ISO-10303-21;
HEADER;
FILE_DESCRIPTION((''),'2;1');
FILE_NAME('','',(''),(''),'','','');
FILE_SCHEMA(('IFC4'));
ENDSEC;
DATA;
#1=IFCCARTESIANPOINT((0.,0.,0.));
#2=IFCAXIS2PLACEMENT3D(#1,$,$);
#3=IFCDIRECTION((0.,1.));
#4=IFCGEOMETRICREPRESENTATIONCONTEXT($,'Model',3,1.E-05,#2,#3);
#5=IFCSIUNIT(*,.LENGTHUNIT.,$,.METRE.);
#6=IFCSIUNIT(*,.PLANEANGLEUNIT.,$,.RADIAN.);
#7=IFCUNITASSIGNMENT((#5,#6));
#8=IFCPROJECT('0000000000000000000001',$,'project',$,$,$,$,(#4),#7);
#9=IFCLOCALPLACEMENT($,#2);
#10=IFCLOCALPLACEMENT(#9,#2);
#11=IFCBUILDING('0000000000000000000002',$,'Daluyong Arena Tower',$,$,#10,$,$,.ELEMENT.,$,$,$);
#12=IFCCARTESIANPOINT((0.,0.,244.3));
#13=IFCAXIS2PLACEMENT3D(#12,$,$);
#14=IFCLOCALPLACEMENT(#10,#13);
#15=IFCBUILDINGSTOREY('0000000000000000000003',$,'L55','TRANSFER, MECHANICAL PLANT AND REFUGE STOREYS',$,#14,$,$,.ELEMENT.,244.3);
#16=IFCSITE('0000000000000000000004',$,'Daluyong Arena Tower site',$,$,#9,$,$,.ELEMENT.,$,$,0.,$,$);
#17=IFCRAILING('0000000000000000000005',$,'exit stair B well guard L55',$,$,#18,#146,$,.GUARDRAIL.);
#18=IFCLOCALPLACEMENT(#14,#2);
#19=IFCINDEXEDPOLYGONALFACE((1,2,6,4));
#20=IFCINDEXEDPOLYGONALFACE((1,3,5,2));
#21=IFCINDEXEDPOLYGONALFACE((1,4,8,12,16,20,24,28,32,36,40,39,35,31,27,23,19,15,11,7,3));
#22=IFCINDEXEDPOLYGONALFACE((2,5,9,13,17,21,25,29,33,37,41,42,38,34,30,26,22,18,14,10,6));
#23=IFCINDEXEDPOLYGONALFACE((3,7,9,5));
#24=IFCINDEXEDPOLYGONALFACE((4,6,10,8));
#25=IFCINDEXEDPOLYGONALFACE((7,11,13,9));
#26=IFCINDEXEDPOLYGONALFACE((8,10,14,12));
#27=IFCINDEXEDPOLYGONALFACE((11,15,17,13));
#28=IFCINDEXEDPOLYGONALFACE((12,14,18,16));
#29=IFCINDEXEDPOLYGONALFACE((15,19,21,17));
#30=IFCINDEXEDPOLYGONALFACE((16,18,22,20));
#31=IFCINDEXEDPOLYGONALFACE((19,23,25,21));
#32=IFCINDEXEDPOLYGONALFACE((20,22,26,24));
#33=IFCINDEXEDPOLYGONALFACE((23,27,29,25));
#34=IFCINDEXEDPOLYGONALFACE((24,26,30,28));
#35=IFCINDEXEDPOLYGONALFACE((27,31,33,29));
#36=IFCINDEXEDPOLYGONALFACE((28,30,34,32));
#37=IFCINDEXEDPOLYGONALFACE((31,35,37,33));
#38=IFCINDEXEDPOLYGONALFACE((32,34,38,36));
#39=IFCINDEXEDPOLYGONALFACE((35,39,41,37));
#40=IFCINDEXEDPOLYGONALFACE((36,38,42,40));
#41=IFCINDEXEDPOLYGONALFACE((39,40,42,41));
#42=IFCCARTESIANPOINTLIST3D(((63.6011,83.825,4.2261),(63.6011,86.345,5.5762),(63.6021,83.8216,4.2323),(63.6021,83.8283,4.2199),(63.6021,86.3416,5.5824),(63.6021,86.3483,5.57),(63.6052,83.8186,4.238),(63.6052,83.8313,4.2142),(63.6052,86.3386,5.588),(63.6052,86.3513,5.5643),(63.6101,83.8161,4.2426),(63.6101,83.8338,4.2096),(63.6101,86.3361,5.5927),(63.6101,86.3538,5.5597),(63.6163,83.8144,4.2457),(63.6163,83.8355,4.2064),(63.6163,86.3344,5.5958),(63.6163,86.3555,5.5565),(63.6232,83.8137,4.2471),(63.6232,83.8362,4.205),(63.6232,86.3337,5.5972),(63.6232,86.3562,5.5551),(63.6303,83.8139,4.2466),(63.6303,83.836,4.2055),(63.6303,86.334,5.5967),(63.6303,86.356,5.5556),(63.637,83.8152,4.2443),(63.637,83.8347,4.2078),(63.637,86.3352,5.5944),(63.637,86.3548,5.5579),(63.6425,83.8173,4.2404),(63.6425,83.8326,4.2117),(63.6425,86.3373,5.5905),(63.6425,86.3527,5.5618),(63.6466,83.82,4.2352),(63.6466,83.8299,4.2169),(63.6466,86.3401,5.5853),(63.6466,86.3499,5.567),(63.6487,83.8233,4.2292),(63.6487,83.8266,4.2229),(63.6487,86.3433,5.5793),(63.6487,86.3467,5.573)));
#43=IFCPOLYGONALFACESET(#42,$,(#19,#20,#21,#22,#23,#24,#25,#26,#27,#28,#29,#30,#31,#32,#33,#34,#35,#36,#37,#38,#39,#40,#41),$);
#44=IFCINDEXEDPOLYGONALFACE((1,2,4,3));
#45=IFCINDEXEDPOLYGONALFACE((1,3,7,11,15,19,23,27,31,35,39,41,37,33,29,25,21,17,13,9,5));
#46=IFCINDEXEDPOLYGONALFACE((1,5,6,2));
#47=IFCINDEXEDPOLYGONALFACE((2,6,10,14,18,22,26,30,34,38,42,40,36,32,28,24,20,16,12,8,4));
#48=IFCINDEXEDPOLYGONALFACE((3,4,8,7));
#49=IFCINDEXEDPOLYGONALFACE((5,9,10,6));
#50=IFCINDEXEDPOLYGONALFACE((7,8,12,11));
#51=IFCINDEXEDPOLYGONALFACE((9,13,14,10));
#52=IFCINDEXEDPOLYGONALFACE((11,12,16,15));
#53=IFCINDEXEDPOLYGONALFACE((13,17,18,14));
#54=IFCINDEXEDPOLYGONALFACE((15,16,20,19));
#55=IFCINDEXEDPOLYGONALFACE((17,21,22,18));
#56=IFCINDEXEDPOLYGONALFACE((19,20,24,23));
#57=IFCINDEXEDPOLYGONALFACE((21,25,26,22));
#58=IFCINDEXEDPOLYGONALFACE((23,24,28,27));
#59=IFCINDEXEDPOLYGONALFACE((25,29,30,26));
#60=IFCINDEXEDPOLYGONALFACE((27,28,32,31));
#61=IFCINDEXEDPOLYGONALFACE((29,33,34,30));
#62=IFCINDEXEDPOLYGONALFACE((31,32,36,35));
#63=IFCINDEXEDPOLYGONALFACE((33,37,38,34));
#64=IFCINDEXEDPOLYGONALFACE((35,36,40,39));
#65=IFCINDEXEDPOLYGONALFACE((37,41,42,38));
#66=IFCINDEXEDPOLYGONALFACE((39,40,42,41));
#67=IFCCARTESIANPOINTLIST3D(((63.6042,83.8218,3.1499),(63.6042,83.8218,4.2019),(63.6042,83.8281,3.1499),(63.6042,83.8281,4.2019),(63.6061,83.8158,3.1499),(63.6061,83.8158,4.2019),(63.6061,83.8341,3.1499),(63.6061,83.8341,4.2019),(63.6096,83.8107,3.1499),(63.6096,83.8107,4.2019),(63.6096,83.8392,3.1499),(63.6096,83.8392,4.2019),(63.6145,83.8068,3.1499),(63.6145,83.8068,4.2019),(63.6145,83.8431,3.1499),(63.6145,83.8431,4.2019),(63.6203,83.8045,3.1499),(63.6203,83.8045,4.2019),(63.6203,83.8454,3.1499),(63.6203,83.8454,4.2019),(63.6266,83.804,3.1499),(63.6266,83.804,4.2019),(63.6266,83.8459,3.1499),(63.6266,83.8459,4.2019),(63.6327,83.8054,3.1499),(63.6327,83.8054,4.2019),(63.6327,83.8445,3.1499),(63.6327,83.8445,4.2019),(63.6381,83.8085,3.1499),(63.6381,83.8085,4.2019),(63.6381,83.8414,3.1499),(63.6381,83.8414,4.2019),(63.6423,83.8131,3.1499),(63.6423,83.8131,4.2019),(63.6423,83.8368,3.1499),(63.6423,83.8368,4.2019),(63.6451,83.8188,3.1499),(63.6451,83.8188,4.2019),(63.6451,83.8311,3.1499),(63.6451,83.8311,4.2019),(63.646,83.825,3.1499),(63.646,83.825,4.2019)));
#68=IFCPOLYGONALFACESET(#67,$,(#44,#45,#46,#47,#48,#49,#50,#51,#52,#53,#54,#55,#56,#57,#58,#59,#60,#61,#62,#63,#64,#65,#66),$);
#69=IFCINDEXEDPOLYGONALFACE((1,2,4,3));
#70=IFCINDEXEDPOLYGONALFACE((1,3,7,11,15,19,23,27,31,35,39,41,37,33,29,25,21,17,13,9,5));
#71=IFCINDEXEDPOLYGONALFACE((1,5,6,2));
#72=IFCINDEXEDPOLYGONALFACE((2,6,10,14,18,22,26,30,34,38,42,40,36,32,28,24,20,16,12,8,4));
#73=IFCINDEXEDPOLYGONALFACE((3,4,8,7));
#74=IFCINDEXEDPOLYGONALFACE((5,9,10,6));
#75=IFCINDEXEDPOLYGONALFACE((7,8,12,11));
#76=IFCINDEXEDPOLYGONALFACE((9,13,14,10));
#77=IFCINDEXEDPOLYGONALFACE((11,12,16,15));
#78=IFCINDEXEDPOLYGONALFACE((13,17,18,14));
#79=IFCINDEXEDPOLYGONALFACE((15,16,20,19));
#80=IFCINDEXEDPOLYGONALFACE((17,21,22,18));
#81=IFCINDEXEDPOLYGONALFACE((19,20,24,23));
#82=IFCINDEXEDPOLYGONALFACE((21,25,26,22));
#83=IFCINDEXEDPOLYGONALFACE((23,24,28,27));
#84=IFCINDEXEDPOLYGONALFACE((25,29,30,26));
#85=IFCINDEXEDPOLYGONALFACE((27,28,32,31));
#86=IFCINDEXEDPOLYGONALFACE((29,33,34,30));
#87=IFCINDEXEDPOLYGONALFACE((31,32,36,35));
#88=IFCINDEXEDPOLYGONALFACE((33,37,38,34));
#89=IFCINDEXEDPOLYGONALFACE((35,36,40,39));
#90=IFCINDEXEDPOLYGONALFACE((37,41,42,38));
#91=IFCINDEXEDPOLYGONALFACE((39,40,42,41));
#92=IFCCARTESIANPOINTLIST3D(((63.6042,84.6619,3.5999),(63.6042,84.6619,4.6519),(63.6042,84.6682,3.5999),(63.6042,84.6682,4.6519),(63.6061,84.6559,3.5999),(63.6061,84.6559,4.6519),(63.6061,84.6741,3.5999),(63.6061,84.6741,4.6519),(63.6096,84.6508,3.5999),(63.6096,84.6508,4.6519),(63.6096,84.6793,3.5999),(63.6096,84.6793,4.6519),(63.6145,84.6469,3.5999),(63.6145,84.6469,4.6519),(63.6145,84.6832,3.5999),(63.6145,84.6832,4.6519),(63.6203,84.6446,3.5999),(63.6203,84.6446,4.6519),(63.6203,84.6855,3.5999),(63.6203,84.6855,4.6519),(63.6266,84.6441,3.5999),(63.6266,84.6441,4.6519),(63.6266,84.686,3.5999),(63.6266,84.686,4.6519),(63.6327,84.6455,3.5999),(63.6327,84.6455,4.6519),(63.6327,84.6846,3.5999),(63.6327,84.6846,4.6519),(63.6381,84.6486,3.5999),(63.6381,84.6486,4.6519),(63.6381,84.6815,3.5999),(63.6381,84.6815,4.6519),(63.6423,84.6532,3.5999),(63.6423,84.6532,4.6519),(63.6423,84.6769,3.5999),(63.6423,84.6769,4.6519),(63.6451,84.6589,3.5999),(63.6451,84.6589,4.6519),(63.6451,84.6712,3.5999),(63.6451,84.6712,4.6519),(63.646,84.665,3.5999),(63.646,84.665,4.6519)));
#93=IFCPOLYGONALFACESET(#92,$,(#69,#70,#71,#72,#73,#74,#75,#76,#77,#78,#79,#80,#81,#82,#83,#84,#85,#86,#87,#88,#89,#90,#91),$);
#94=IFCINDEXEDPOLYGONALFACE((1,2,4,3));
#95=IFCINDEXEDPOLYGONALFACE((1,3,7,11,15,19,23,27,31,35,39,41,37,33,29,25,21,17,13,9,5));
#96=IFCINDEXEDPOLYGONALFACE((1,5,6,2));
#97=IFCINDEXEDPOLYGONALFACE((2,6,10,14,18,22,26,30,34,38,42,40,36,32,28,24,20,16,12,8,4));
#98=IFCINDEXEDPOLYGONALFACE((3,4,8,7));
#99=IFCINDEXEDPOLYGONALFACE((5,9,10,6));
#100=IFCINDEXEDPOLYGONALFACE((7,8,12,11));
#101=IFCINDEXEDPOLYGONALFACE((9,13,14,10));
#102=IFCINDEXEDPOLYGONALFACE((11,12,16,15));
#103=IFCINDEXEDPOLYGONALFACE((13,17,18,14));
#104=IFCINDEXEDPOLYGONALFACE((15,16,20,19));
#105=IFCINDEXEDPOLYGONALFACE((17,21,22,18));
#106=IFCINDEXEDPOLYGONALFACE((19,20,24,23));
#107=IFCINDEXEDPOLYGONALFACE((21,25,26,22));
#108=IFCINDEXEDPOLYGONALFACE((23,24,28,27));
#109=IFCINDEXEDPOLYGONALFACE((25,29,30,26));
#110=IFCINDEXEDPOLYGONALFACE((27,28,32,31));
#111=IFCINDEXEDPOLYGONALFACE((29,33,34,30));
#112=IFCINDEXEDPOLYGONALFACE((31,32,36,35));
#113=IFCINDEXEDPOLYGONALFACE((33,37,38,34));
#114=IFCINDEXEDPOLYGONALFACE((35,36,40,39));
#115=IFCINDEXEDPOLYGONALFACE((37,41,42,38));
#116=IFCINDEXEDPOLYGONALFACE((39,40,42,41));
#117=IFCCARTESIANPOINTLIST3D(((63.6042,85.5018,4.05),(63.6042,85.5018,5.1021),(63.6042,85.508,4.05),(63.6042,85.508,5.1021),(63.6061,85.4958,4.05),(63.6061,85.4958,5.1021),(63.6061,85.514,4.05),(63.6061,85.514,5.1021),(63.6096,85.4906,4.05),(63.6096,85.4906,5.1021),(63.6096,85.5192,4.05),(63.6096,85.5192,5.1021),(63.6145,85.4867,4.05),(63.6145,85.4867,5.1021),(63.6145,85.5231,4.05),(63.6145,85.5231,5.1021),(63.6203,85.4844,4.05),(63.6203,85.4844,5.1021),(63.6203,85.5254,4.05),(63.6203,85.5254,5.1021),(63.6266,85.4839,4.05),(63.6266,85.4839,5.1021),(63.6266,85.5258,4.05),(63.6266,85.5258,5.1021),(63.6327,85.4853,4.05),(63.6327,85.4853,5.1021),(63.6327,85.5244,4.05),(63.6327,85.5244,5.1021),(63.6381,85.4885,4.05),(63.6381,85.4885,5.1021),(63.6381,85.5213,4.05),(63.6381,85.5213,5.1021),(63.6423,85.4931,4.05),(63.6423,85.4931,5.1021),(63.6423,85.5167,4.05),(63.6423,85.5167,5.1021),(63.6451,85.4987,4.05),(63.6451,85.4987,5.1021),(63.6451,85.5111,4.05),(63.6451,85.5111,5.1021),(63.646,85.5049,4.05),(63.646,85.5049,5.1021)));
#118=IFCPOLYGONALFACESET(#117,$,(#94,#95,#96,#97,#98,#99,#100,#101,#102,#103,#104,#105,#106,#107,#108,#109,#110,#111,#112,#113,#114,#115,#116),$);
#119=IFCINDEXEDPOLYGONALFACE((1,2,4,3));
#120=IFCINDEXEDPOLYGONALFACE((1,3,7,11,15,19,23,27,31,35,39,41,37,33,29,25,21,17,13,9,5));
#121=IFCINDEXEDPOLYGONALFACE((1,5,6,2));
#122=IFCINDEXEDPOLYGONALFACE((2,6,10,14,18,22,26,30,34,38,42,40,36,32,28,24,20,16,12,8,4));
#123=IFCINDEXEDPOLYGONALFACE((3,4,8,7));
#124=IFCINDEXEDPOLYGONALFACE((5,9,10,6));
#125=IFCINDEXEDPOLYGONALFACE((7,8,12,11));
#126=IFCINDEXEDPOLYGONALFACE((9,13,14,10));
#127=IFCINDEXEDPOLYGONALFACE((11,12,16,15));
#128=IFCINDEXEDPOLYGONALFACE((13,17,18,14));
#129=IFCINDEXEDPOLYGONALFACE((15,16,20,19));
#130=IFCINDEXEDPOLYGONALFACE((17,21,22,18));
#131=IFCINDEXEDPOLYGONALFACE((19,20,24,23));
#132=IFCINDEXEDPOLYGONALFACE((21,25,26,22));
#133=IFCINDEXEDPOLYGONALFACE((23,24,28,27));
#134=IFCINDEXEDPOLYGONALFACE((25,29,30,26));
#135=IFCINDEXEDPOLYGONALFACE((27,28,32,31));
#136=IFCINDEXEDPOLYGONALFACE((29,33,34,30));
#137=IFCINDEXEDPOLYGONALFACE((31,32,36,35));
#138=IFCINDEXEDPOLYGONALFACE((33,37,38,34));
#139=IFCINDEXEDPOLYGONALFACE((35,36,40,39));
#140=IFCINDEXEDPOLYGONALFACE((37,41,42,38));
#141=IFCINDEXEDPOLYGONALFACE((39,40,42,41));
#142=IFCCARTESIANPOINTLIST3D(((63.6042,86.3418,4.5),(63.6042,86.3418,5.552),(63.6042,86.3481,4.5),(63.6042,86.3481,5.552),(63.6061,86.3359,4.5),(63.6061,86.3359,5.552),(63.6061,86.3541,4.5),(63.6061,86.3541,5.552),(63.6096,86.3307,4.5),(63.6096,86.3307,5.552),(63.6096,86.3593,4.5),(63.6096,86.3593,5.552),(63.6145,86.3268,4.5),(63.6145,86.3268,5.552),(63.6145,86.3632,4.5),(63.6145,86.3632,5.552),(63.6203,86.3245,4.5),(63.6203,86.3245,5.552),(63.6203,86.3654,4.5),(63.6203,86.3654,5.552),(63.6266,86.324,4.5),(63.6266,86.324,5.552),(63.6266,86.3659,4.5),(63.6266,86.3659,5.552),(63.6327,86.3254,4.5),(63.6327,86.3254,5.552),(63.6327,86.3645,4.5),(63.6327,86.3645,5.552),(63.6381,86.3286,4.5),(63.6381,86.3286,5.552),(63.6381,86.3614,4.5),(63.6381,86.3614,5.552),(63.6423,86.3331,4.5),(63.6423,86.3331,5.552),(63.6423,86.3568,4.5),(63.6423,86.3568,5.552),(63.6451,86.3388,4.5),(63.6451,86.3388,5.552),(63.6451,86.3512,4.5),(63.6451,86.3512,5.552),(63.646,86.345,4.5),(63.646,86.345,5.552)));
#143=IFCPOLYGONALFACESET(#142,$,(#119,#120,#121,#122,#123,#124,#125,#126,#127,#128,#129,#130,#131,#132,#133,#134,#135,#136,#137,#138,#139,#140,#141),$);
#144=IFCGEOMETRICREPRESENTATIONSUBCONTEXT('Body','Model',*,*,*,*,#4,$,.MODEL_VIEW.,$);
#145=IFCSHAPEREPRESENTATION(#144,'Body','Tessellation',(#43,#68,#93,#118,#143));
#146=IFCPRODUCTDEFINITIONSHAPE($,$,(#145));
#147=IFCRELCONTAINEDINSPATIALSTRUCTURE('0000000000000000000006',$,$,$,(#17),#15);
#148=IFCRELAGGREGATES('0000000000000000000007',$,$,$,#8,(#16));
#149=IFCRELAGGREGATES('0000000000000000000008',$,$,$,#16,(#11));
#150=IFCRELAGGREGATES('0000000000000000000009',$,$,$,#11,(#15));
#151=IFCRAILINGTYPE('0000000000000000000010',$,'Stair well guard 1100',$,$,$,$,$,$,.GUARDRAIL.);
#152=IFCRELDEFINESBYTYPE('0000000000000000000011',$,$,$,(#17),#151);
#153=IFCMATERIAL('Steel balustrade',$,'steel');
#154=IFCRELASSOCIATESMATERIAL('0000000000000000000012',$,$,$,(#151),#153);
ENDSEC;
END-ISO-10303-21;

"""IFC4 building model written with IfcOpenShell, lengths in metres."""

from ifc_helpers import new_model, si_unit, direction, frame, origin, origin_2d, place, context, subcontext, project, spatial, circle, extrude, material, type_object, element, save


model = new_model("IFC4")

# Units and contexts
model_context = context("Model", 3, precision=1e-05, world=origin(), true_north=direction((0.0, 1.0)))
body_context = subcontext(model_context, "Body", "Model", "MODEL_VIEW")
ifc_project = project(units=[si_unit("LENGTHUNIT", "METRE"), si_unit("PLANEANGLEUNIT", "RADIAN")], contexts=[model_context])

# Site, building, storey
site_placement = place(None, origin())
site = spatial("IfcSite", under=ifc_project, at=site_placement, Name="Daluyong Arena Tower site", CompositionType="ELEMENT", RefElevation=0.0)
building_placement = place(site_placement, origin())
building = spatial("IfcBuilding", under=site, at=building_placement, Name="Daluyong Arena Tower", CompositionType="ELEMENT")
storey_placement = place(building_placement, frame((0.0, 0.0, 244.3)))
storey = spatial("IfcBuildingStorey", under=building, at=storey_placement, Name="L55", Description="TRANSFER, MECHANICAL PLANT AND REFUGE STOREYS", CompositionType="ELEMENT", Elevation=244.3)

# Railing
ifc_material_1 = material(Name="Steel balustrade", Category="steel")
railing_type_1 = type_object("IfcRailingType", Name="Stair well guard 1100", PredefinedType="GUARDRAIL", material=ifc_material_1)
for number, where, name in (
    (1, (63.625, 83.825, 3.1499), "exit stair B well guard L55"),
):
    element("IfcRailing", number, at=place(storey_placement, frame(where)), inside=storey, type_object=railing_type_1, Name=name, PredefinedType="GUARDRAIL", context=body_context, shape_type="SweptSolid", body=[
        extrude(circle(Radius=0.0239, at=origin_2d()), frame((0.0, 0.0, 1.0762), z_axis=(0.0, 0.881467, 0.472245), x_axis=(-1.0, 0.0, 0.0)), (0.0, 0.0, 1.0), 2.8589),
        extrude(circle(Radius=0.021, at=origin_2d()), origin(), (0.0, 0.0, 1.0), 1.052),
        extrude(circle(Radius=0.021, at=origin_2d()), frame((0.0, 0.8401, 0.45)), (0.0, 0.0, 1.0), 1.052),
        extrude(circle(Radius=0.021, at=origin_2d()), frame((0.0, 1.6799, 0.9001)), (0.0, 0.0, 1.0), 1.052),
        extrude(circle(Radius=0.021, at=origin_2d()), frame((0.0, 2.52, 1.3501)), (0.0, 0.0, 1.0), 1.052),
    ])

save(model, "model.ifc")
